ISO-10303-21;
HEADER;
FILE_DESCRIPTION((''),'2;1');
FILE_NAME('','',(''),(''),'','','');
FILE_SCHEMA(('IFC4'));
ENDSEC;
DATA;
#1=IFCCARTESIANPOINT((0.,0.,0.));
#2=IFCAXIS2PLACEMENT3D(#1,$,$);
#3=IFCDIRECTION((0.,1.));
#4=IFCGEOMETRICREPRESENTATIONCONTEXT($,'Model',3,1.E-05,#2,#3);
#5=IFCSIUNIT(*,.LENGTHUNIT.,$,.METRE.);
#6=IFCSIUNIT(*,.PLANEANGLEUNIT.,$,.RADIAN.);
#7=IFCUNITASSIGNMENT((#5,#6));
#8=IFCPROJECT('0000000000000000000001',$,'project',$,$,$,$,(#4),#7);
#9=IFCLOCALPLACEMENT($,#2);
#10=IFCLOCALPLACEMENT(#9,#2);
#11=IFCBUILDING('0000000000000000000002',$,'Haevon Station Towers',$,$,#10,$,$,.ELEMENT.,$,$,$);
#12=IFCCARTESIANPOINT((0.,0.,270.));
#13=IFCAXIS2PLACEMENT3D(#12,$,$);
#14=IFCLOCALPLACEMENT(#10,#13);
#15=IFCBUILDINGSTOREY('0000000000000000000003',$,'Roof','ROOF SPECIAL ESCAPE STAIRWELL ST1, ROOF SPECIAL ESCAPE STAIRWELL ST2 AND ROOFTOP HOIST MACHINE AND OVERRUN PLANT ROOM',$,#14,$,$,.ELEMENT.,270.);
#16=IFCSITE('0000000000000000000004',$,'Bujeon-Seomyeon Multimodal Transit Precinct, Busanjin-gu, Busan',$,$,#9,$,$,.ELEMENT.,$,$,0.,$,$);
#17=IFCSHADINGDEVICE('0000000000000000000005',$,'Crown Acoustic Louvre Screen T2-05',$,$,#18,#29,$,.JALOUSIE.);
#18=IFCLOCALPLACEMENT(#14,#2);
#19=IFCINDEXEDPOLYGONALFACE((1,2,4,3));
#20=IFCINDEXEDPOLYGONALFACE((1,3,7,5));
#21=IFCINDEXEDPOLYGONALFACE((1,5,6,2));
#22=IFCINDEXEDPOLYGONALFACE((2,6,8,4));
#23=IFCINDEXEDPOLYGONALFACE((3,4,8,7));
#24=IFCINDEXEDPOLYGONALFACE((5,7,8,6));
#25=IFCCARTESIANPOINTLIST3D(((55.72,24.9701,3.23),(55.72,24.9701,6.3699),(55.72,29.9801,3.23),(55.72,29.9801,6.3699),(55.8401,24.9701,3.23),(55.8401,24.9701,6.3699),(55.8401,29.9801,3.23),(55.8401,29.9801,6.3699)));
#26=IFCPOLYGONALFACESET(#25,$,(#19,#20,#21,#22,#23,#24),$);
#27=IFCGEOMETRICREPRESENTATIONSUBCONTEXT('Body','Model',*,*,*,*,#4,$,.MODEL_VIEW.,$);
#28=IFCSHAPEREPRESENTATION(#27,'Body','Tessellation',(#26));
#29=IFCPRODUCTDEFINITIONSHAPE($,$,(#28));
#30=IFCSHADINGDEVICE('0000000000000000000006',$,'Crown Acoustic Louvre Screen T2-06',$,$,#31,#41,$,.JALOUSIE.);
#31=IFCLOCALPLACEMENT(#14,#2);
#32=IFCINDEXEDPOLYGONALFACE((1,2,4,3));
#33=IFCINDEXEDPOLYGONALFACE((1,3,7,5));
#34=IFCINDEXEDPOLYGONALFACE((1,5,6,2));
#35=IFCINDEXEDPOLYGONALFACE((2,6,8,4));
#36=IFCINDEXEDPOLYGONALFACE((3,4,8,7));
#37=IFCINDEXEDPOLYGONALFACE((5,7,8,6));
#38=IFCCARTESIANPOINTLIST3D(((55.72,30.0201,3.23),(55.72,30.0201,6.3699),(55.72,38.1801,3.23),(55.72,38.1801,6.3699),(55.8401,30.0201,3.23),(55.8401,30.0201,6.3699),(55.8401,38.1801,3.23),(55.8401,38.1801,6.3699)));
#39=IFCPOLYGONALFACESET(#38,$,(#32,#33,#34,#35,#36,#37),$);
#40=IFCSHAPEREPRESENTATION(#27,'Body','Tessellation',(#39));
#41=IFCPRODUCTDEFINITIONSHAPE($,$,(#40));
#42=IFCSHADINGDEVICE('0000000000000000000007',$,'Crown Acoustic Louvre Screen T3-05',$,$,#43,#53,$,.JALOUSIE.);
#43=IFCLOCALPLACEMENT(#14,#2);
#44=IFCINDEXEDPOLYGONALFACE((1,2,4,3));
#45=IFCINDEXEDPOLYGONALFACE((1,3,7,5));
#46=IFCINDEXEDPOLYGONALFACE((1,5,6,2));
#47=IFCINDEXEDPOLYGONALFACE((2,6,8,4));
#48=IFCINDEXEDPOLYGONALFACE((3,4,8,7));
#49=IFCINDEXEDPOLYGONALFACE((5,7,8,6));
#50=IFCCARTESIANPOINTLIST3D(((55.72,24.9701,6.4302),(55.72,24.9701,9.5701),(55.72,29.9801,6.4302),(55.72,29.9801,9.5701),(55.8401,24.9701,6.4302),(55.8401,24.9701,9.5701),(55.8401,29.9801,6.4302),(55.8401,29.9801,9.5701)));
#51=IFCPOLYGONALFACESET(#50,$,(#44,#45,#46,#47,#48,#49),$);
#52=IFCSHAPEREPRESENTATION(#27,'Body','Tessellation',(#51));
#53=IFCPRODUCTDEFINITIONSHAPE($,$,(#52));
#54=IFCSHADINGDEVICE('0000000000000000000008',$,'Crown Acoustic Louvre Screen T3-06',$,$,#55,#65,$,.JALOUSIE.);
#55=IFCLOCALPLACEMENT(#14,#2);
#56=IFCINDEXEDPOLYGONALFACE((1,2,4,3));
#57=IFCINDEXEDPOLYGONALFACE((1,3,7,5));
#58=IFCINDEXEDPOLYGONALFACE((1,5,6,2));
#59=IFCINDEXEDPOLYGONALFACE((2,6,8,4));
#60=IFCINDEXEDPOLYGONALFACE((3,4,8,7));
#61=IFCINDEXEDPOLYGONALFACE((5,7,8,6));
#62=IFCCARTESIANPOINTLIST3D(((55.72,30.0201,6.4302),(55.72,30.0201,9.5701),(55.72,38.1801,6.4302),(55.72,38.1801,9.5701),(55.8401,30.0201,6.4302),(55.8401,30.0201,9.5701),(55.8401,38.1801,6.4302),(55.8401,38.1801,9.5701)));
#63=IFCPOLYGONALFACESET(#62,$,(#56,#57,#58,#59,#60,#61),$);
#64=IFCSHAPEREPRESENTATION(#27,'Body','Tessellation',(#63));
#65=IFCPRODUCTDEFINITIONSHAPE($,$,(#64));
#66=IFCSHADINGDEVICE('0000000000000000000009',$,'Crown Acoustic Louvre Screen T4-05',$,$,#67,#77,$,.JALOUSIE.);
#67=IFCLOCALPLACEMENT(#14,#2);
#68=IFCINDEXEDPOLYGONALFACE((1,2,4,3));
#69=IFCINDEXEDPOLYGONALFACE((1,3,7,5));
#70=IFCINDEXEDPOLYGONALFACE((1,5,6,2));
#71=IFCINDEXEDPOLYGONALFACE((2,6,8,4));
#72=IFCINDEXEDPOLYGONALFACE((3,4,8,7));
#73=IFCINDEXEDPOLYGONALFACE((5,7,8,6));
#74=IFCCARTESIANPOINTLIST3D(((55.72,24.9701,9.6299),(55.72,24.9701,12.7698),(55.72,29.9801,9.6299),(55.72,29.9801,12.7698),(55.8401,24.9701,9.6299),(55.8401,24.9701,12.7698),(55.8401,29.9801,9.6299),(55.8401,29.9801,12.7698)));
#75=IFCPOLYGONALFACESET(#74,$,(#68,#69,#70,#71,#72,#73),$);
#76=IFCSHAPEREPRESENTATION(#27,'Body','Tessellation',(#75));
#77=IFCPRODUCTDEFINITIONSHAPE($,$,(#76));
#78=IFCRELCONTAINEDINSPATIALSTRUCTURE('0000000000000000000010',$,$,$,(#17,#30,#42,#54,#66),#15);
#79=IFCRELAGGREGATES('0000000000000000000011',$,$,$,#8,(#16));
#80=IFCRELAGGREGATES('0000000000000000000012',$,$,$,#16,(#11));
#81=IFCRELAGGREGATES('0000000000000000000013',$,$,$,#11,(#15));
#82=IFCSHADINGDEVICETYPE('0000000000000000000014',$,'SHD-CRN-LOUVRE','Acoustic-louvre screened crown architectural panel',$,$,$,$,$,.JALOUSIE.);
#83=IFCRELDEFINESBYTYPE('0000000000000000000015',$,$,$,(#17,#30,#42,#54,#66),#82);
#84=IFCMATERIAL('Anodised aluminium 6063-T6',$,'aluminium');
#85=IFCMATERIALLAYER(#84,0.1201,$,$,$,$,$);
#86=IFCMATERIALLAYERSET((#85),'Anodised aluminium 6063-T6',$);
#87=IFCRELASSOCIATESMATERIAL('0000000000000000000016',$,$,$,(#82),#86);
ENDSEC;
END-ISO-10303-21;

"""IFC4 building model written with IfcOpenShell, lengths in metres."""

from ifc_helpers import new_model, si_unit, direction, frame, origin, origin_2d, place, context, subcontext, project, spatial, rectangle, extrude, material, layer, layer_set, type_object, element, save


model = new_model("IFC4")

# Units and contexts
model_context = context("Model", 3, precision=1e-05, world=origin(), true_north=direction((0.0, 1.0)))
body_context = subcontext(model_context, "Body", "Model", "MODEL_VIEW")
ifc_project = project(units=[si_unit("LENGTHUNIT", "METRE"), si_unit("PLANEANGLEUNIT", "RADIAN")], contexts=[model_context])

# Site, building, storey
site_placement = place(None, origin())
site = spatial("IfcSite", under=ifc_project, at=site_placement, Name="Bujeon-Seomyeon Multimodal Transit Precinct, Busanjin-gu, Busan", CompositionType="ELEMENT", RefElevation=0.0)
building_placement = place(site_placement, origin())
building = spatial("IfcBuilding", under=site, at=building_placement, Name="Haevon Station Towers", CompositionType="ELEMENT")
storey_placement = place(building_placement, frame((0.0, 0.0, 270.0)))
storey = spatial("IfcBuildingStorey", under=building, at=storey_placement, Name="Roof", Description="ROOF SPECIAL ESCAPE STAIRWELL ST1, ROOF SPECIAL ESCAPE STAIRWELL ST2 AND ROOFTOP HOIST MACHINE AND OVERRUN PLANT ROOM", CompositionType="ELEMENT", Elevation=270.0)

# Shared definitions
ifc_material_1 = material(Name="Anodised aluminium 6063-T6", Category="aluminium")

# Shading devices
ifc_layer_1 = layer(ifc_material_1, 0.1201)
ifc_layer_set_1 = layer_set([ifc_layer_1], Name="Anodised aluminium 6063-T6")
shading_device_type = type_object("IfcShadingDeviceType", Name="SHD-CRN-LOUVRE", Description="Acoustic-louvre screened crown architectural panel", PredefinedType="JALOUSIE", material=ifc_layer_set_1)
shading_device_1_placement = place(storey_placement, frame((55.78, 27.4751, 3.23), z_axis=(0.0, 0.0, 1.0), x_axis=(0.0, 1.0, 0.0)))
element("IfcShadingDevice", 1, at=shading_device_1_placement, inside=storey, type_object=shading_device_type, Name="Crown Acoustic Louvre Screen T2-05", PredefinedType="JALOUSIE", context=body_context, shape_type="SweptSolid", body=[
    extrude(rectangle(XDim=5.01, YDim=0.1201, at=origin_2d()), origin(), (0.0, 0.0, 1.0), 3.1399),
])
shading_device_2_placement = place(storey_placement, frame((55.78, 34.1001, 3.23), z_axis=(0.0, 0.0, 1.0), x_axis=(0.0, 1.0, 0.0)))
element("IfcShadingDevice", 2, at=shading_device_2_placement, inside=storey, type_object=shading_device_type, Name="Crown Acoustic Louvre Screen T2-06", PredefinedType="JALOUSIE", context=body_context, shape_type="SweptSolid", body=[
    extrude(rectangle(XDim=8.1599, YDim=0.1201, at=origin_2d()), origin(), (0.0, 0.0, 1.0), 3.1399),
])
shading_device_3_placement = place(storey_placement, frame((55.78, 27.4751, 6.4302), z_axis=(0.0, 0.0, 1.0), x_axis=(0.0, 1.0, 0.0)))
element("IfcShadingDevice", 3, at=shading_device_3_placement, inside=storey, type_object=shading_device_type, Name="Crown Acoustic Louvre Screen T3-05", PredefinedType="JALOUSIE", context=body_context, shape_type="SweptSolid", body=[
    extrude(rectangle(XDim=5.01, YDim=0.1201, at=origin_2d()), origin(), (0.0, 0.0, 1.0), 3.1399),
])
shading_device_4_placement = place(storey_placement, frame((55.78, 34.1001, 6.4302), z_axis=(0.0, 0.0, 1.0), x_axis=(0.0, 1.0, 0.0)))
element("IfcShadingDevice", 4, at=shading_device_4_placement, inside=storey, type_object=shading_device_type, Name="Crown Acoustic Louvre Screen T3-06", PredefinedType="JALOUSIE", context=body_context, shape_type="SweptSolid", body=[
    extrude(rectangle(XDim=8.1599, YDim=0.1201, at=origin_2d()), origin(), (0.0, 0.0, 1.0), 3.1399),
])
shading_device_5_placement = place(storey_placement, frame((55.78, 27.4751, 9.6299), z_axis=(0.0, 0.0, 1.0), x_axis=(0.0, 1.0, 0.0)))
element("IfcShadingDevice", 5, at=shading_device_5_placement, inside=storey, type_object=shading_device_type, Name="Crown Acoustic Louvre Screen T4-05", PredefinedType="JALOUSIE", context=body_context, shape_type="SweptSolid", body=[
    extrude(rectangle(XDim=5.01, YDim=0.1201, at=origin_2d()), origin(), (0.0, 0.0, 1.0), 3.1399),
])

save(model, "model.ifc")
